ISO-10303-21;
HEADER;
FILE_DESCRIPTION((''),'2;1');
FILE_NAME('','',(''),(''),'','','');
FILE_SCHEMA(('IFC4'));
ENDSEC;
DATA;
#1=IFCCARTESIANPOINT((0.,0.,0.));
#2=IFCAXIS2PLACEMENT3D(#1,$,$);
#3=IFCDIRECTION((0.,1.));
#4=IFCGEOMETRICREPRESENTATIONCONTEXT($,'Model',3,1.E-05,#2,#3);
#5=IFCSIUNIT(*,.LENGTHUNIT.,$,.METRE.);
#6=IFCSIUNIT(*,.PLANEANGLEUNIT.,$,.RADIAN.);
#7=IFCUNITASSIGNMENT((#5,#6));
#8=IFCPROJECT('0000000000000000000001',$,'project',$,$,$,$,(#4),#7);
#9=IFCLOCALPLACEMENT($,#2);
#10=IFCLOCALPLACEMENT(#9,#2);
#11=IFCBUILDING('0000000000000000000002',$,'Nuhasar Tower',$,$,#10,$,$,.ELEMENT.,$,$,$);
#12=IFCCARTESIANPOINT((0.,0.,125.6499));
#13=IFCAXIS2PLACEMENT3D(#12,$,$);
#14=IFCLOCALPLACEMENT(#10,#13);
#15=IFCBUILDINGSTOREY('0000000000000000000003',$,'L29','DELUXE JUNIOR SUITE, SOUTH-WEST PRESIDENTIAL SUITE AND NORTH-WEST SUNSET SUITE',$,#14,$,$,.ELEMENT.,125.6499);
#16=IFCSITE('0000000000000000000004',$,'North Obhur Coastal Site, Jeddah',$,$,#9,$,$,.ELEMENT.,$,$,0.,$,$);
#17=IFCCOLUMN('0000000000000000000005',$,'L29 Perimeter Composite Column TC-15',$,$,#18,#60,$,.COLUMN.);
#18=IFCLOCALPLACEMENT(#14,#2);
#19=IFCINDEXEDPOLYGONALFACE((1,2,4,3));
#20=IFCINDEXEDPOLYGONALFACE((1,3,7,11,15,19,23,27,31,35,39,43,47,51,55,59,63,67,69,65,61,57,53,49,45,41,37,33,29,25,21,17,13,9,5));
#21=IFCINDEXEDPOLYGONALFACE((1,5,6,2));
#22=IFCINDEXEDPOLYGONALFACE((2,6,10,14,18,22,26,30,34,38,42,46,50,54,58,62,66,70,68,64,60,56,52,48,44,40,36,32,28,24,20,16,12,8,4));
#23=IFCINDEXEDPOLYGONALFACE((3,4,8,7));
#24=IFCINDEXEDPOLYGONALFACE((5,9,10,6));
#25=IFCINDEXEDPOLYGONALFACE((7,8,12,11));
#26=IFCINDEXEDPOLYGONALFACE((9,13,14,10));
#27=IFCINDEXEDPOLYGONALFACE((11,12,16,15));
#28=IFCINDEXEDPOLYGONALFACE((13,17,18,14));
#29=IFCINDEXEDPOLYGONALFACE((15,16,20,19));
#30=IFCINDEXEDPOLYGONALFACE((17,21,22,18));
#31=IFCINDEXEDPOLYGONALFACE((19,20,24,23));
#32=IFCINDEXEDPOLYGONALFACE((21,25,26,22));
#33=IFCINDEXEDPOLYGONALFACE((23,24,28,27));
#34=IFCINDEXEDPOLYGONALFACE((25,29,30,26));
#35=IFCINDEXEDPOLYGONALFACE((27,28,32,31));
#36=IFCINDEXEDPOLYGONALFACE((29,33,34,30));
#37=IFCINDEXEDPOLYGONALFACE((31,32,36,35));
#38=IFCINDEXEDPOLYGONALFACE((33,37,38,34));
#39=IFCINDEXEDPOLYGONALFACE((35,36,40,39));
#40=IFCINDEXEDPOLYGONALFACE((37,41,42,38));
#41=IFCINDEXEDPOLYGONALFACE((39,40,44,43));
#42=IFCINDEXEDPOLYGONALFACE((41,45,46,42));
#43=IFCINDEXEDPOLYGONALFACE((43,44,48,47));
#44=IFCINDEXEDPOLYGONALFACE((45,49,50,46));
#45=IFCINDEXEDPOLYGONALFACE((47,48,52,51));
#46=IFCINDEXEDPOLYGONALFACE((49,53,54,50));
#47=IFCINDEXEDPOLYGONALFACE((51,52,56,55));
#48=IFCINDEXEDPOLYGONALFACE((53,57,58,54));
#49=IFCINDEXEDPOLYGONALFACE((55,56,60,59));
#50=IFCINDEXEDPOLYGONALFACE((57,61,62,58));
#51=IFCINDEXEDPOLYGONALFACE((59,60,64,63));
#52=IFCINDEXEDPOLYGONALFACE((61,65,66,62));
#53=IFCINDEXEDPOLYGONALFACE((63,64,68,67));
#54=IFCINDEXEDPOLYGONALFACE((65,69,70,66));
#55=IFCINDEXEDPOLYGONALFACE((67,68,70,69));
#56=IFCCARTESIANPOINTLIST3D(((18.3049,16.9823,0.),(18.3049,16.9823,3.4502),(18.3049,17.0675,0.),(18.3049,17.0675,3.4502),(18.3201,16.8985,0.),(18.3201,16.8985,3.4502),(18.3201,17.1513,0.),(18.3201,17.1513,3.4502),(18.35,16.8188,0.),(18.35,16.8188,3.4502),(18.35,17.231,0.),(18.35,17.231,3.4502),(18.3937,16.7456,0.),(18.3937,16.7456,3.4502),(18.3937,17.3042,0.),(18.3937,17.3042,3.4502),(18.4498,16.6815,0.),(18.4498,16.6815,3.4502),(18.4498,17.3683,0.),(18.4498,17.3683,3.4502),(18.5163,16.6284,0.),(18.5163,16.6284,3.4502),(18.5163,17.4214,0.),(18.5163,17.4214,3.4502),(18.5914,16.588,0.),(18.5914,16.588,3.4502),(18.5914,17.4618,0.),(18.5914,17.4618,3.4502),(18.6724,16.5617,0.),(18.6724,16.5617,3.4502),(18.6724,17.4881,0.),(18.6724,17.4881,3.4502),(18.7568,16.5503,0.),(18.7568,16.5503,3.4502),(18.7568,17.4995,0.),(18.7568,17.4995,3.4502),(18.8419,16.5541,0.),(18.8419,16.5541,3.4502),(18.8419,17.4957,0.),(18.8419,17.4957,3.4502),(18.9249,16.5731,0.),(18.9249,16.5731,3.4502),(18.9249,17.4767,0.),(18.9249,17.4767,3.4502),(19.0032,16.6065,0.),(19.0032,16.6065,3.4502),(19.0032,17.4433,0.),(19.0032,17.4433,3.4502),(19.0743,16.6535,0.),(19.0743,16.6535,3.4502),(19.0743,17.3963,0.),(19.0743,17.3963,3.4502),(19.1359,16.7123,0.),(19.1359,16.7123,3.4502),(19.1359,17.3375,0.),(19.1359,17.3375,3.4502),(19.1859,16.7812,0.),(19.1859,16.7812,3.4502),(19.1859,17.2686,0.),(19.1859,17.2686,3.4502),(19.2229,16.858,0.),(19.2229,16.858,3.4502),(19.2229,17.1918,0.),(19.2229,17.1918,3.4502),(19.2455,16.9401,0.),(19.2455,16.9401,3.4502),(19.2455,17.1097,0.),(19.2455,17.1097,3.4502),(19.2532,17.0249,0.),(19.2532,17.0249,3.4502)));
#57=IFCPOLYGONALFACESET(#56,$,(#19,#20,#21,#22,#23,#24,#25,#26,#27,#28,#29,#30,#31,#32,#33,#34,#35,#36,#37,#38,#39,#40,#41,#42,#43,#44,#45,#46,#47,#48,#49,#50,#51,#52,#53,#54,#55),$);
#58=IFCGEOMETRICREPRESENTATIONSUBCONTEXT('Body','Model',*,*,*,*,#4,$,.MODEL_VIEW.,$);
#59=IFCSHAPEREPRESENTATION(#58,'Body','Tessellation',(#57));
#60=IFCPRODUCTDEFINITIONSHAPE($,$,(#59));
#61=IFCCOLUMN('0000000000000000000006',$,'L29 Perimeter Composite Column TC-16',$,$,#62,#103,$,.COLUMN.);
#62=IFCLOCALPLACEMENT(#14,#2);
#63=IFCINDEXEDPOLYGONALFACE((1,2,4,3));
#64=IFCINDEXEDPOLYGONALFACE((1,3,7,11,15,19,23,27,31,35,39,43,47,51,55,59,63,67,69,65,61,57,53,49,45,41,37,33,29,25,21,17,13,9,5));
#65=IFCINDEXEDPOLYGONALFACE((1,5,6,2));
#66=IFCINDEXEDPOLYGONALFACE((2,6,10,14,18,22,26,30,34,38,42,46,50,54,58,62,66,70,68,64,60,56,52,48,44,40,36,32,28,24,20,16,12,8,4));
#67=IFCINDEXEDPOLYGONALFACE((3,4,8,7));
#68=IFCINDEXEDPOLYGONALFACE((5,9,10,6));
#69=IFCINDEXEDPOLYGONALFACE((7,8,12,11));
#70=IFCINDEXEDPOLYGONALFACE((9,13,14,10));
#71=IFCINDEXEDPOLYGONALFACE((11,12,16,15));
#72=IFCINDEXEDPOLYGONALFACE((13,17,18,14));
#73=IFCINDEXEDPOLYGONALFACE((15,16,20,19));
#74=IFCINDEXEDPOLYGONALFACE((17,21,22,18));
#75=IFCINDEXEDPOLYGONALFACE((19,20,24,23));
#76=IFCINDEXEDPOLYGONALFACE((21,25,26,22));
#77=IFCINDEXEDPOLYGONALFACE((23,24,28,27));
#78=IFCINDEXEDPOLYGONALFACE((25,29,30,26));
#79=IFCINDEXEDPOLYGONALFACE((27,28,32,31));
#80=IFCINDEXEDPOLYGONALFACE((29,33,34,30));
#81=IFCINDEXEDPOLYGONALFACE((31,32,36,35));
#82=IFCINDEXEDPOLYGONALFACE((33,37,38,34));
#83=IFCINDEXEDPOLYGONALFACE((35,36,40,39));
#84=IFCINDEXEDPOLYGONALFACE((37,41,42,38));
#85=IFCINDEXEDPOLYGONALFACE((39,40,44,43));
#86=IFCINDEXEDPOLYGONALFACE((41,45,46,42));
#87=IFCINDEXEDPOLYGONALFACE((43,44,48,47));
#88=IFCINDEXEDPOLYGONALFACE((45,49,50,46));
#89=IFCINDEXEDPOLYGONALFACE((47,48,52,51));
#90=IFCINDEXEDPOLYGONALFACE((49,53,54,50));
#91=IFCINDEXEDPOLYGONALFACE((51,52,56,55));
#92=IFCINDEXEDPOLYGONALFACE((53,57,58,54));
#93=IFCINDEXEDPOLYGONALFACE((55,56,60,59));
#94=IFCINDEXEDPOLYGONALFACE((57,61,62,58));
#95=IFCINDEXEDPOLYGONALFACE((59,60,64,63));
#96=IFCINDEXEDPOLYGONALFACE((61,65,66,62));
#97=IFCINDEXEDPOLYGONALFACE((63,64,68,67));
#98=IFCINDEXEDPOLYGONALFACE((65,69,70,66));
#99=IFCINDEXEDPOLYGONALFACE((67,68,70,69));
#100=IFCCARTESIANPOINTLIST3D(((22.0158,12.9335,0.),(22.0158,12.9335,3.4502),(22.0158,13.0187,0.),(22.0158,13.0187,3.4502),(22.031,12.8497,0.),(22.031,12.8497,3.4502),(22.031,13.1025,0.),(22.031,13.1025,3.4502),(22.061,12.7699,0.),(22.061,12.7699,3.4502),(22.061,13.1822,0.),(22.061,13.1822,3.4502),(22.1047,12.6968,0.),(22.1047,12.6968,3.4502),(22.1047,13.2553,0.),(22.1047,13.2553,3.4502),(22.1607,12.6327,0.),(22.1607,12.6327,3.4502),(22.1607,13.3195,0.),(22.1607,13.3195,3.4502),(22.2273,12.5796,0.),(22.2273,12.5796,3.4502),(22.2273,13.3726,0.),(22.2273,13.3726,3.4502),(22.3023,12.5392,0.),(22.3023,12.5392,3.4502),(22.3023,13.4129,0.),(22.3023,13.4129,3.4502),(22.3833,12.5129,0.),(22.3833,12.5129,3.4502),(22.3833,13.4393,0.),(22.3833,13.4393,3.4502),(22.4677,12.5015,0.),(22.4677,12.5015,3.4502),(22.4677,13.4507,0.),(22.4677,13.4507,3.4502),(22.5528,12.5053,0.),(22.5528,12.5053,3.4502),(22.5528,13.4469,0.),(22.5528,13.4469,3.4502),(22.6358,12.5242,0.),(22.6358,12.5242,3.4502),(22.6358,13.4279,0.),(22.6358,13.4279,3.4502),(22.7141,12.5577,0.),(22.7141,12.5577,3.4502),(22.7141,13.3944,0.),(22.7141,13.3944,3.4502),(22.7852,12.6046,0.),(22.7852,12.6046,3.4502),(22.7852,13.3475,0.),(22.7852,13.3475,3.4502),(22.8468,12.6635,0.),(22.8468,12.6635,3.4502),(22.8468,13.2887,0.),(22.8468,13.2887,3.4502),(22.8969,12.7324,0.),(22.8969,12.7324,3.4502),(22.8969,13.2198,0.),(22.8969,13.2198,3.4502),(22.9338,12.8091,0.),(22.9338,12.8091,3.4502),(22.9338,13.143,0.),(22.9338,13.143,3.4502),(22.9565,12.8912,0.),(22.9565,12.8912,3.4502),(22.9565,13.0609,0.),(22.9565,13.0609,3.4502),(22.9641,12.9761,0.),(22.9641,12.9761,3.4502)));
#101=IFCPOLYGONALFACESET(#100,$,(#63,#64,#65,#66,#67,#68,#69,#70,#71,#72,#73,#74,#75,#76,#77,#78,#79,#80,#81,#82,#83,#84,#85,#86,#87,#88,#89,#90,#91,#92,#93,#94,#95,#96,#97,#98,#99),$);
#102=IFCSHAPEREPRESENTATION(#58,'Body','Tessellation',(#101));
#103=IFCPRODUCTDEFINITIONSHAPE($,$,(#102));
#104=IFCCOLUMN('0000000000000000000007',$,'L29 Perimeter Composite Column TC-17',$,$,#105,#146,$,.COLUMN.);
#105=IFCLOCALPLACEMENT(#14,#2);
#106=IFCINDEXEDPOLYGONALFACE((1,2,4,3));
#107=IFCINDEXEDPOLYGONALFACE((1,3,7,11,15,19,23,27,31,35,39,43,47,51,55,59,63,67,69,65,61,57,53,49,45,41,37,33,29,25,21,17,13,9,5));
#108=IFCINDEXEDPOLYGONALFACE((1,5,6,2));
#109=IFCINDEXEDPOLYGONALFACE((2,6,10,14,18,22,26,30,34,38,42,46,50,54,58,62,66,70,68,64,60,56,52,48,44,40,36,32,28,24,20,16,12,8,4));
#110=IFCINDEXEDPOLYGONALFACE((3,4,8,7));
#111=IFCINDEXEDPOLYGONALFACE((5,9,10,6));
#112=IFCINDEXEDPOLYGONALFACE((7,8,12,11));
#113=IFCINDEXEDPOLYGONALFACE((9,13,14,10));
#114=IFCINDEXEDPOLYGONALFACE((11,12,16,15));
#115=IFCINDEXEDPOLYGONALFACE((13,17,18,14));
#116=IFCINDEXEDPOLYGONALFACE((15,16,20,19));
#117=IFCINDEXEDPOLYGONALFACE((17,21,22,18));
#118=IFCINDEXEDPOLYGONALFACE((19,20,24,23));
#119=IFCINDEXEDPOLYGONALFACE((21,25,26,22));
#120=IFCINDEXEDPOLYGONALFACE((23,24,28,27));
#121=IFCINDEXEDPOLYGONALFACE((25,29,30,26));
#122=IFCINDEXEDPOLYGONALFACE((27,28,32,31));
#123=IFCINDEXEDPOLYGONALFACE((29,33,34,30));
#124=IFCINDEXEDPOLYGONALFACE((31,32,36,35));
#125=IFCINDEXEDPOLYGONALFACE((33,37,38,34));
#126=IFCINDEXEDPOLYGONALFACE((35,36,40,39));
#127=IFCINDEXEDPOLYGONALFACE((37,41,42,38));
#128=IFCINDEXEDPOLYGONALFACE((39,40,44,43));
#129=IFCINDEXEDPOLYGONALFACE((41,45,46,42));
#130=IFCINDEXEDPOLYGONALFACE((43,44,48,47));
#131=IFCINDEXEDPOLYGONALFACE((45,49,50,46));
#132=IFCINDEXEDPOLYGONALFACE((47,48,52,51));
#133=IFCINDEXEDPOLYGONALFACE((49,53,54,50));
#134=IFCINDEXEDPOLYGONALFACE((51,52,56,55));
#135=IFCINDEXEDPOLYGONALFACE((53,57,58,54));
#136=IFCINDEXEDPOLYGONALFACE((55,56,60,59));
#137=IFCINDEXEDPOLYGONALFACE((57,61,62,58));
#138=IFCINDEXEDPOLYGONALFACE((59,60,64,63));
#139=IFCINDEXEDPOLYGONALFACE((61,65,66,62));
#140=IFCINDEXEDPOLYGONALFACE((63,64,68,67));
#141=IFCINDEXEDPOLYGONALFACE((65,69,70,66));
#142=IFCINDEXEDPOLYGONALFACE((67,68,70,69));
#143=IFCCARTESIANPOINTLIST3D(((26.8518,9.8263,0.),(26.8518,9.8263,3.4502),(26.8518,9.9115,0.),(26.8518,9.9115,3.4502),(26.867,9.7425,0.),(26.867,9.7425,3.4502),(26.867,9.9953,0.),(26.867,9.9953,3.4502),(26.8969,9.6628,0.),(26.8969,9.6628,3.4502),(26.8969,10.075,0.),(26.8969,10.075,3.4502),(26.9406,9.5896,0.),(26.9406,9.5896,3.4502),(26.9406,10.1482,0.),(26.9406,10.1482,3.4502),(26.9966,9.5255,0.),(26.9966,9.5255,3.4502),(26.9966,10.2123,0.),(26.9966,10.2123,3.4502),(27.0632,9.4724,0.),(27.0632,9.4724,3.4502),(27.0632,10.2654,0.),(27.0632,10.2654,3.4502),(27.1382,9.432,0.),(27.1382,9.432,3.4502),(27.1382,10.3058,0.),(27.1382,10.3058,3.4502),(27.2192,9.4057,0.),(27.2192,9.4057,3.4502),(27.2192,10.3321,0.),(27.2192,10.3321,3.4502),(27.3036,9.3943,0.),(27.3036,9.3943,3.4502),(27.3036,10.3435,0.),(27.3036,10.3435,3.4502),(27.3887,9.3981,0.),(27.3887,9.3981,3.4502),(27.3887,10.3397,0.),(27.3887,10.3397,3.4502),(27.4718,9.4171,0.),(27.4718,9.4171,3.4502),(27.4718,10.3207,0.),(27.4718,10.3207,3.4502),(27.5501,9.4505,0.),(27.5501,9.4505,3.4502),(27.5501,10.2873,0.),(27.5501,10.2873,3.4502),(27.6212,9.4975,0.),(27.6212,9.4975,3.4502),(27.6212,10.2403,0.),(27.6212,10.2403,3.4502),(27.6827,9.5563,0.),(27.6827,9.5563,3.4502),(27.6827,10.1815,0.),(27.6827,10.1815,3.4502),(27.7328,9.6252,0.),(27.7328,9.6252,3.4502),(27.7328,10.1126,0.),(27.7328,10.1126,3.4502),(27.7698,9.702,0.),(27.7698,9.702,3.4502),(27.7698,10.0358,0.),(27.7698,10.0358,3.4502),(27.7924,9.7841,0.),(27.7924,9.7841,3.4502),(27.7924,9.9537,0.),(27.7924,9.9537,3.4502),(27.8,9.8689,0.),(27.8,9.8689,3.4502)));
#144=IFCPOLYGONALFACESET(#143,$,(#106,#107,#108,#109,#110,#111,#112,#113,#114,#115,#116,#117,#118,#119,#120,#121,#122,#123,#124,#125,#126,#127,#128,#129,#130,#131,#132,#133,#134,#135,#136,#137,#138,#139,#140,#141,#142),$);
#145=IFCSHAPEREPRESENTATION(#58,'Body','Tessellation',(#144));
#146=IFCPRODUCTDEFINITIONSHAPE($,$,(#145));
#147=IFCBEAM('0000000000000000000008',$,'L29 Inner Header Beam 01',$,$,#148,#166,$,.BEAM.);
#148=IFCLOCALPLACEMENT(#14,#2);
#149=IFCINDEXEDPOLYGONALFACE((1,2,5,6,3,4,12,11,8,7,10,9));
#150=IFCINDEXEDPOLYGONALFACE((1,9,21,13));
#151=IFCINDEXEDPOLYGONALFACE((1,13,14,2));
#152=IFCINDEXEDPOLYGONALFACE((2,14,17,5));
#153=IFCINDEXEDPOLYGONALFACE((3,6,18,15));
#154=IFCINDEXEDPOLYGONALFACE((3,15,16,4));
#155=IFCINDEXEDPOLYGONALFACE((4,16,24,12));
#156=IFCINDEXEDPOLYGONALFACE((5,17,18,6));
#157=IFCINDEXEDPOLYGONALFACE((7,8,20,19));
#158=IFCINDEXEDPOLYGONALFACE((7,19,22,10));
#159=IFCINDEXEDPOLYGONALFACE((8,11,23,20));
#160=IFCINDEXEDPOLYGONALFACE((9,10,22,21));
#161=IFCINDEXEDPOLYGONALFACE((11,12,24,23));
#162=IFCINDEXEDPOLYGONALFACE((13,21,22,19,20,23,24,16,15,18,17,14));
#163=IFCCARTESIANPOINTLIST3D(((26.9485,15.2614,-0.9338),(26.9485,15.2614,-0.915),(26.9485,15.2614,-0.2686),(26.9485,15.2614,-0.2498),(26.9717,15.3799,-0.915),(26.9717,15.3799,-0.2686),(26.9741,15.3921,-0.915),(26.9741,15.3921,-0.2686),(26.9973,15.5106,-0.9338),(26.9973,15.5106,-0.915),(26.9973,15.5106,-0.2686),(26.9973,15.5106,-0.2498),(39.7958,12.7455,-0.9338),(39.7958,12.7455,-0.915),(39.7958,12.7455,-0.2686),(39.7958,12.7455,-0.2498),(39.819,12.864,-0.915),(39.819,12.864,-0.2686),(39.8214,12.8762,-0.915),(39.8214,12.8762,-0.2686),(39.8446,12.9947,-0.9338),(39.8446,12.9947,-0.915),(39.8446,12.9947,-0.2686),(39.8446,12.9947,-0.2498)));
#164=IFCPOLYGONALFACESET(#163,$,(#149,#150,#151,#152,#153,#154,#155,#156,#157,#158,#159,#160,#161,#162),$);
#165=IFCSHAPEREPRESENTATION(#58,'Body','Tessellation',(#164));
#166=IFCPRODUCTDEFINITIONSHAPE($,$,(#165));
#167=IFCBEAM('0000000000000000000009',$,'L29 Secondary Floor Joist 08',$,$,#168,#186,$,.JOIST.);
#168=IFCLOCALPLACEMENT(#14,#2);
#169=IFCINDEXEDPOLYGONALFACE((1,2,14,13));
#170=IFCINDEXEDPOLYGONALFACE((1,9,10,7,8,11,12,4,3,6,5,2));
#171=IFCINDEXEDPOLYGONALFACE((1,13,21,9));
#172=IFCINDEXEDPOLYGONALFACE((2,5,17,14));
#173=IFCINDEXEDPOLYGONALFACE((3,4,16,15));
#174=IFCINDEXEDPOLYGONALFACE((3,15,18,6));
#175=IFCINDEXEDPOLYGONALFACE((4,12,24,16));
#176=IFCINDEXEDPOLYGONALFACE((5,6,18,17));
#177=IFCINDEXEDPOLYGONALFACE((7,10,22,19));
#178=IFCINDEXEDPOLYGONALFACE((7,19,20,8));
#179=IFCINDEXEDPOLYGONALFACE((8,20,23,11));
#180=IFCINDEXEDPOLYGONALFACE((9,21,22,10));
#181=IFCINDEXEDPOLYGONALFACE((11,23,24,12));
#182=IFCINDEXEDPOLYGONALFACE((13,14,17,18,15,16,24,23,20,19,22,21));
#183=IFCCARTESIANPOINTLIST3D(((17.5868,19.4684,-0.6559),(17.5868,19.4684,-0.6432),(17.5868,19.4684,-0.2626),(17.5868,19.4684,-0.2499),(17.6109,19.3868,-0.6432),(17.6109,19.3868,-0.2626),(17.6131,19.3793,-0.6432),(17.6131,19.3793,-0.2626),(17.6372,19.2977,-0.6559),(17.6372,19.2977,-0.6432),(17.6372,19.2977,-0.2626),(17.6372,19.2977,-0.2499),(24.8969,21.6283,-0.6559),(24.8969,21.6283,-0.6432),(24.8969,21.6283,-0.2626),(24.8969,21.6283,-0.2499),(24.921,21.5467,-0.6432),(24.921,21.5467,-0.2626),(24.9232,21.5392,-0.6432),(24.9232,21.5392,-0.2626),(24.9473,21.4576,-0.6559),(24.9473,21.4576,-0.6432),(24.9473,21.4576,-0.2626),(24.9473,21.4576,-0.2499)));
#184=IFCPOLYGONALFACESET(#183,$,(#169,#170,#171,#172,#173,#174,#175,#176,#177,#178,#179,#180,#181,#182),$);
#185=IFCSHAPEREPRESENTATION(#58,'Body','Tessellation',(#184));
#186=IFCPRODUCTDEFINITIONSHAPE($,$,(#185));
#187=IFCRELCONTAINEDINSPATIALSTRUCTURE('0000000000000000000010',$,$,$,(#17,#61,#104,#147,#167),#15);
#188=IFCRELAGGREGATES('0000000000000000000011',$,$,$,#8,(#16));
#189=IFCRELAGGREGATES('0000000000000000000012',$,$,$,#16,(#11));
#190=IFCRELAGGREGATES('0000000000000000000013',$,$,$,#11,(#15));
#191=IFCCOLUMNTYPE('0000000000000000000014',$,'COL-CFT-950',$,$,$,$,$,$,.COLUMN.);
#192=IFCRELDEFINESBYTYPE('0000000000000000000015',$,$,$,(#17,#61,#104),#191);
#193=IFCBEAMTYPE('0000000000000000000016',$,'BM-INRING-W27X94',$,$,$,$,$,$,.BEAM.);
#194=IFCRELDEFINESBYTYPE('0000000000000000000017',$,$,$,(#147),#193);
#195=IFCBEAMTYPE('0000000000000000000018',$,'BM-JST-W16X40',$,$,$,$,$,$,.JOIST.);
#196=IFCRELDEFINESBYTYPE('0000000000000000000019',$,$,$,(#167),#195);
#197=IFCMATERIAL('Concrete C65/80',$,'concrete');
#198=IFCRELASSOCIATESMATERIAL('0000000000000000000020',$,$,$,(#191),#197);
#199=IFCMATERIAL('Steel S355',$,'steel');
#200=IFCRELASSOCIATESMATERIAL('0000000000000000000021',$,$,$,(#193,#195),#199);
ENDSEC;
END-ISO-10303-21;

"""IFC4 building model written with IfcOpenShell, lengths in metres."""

from ifc_helpers import new_model, si_unit, direction, frame, origin, origin_2d, place, context, subcontext, project, spatial, circle, i_section, extrude, material, material_profile, profile_set, type_object, element, save


model = new_model("IFC4")

# Units and contexts
model_context = context("Model", 3, precision=1e-05, world=origin(), true_north=direction((0.0, 1.0)))
body_context = subcontext(model_context, "Body", "Model", "MODEL_VIEW")
ifc_project = project(units=[si_unit("LENGTHUNIT", "METRE"), si_unit("PLANEANGLEUNIT", "RADIAN")], contexts=[model_context])

# Site, building, storey
site_placement = place(None, origin())
site = spatial("IfcSite", under=ifc_project, at=site_placement, Name="North Obhur Coastal Site, Jeddah", CompositionType="ELEMENT", RefElevation=0.0)
building_placement = place(site_placement, origin())
building = spatial("IfcBuilding", under=site, at=building_placement, Name="Nuhasar Tower", CompositionType="ELEMENT")
storey_placement = place(building_placement, frame((0.0, 0.0, 125.6499)))
storey = spatial("IfcBuildingStorey", under=building, at=storey_placement, Name="L29", Description="DELUXE JUNIOR SUITE, SOUTH-WEST PRESIDENTIAL SUITE AND NORTH-WEST SUNSET SUITE", CompositionType="ELEMENT", Elevation=125.6499)

# Columns
ifc_material_1 = material(Name="Concrete C65/80", Category="concrete")
ifc_material_profile_1 = material_profile(ifc_material_1, circle(Radius=0.4751, at=origin_2d()), Name="CFT950")
ifc_profile_set_1 = profile_set([ifc_material_profile_1], Name="Concrete C65/80")
column_type = type_object("IfcColumnType", Name="COL-CFT-950", PredefinedType="COLUMN", material=ifc_profile_set_1)
for number, where, z_axis, x_axis, name in (
    (1, (18.7781, 17.0249, 0.0), (0.0, 0.0, 1.0), (1.0, 0.0, 0.0), "L29 Perimeter Composite Column TC-15"),
    (2, (22.489, 12.9761, 0.0), (0.0, 0.0, 1.0), (1.0, 0.0, 0.0), "L29 Perimeter Composite Column TC-16"),
    (3, (27.325, 9.8689, 0.0), (0.0, 0.0, 1.0), (1.0, 0.0, 0.0), "L29 Perimeter Composite Column TC-17"),
):
    element("IfcColumn", number, at=place(storey_placement, frame(where, z_axis=z_axis, x_axis=x_axis)), inside=storey, type_object=column_type, Name=name, PredefinedType="COLUMN", context=body_context, shape_type="SweptSolid", body=[
        extrude(circle(Radius=0.4751, at=origin_2d()), origin(), (0.0, 0.0, 1.0), 3.4502),
    ])

# Beams
ifc_material_2 = material(Name="Steel S355", Category="steel")
ifc_material_profile_2 = material_profile(ifc_material_2, i_section(OverallWidth=0.2539, OverallDepth=0.6841, WebThickness=0.0125, FlangeThickness=0.0188, at=origin_2d()), Name="W27X94")
ifc_profile_set_2 = profile_set([ifc_material_profile_2], Name="Steel S355")
beam_type_1 = type_object("IfcBeamType", Name="BM-INRING-W27X94", PredefinedType="BEAM", material=ifc_profile_set_2)
beam_1_placement = place(storey_placement, frame((26.9729, 15.386, -0.5918), z_axis=(0.98136, -0.19218, 0.0), x_axis=(0.19218, 0.98136, 0.0)))
element("IfcBeam", 4, at=beam_1_placement, inside=storey, type_object=beam_type_1, Name="L29 Inner Header Beam 01", PredefinedType="BEAM", context=body_context, shape_type="SweptSolid", body=[
    extrude(i_section(OverallWidth=0.2539, OverallDepth=0.6841, WebThickness=0.0125, FlangeThickness=0.0188, at=origin_2d()), origin(), (0.0, 0.0, 1.0), 13.0913),
])
ifc_material_profile_3 = material_profile(ifc_material_2, i_section(OverallWidth=0.178, OverallDepth=0.406, WebThickness=0.0078, FlangeThickness=0.0127, at=origin_2d()), Name="W16X40")
ifc_profile_set_3 = profile_set([ifc_material_profile_3], Name="Steel S355")
beam_type_2 = type_object("IfcBeamType", Name="BM-JST-W16X40", PredefinedType="JOIST", material=ifc_profile_set_3)
beam_2_placement = place(storey_placement, frame((24.9221, 21.543, -0.4529), z_axis=(-0.959013, -0.283361, 0.0), x_axis=(0.283361, -0.959013, 0.0)))
element("IfcBeam", 5, at=beam_2_placement, inside=storey, type_object=beam_type_2, Name="L29 Secondary Floor Joist 08", PredefinedType="JOIST", context=body_context, shape_type="SweptSolid", body=[
    extrude(i_section(OverallWidth=0.178, OverallDepth=0.406, WebThickness=0.0078, FlangeThickness=0.0127, at=origin_2d()), origin(), (0.0, 0.0, 1.0), 7.6226),
])

save(model, "model.ifc")
